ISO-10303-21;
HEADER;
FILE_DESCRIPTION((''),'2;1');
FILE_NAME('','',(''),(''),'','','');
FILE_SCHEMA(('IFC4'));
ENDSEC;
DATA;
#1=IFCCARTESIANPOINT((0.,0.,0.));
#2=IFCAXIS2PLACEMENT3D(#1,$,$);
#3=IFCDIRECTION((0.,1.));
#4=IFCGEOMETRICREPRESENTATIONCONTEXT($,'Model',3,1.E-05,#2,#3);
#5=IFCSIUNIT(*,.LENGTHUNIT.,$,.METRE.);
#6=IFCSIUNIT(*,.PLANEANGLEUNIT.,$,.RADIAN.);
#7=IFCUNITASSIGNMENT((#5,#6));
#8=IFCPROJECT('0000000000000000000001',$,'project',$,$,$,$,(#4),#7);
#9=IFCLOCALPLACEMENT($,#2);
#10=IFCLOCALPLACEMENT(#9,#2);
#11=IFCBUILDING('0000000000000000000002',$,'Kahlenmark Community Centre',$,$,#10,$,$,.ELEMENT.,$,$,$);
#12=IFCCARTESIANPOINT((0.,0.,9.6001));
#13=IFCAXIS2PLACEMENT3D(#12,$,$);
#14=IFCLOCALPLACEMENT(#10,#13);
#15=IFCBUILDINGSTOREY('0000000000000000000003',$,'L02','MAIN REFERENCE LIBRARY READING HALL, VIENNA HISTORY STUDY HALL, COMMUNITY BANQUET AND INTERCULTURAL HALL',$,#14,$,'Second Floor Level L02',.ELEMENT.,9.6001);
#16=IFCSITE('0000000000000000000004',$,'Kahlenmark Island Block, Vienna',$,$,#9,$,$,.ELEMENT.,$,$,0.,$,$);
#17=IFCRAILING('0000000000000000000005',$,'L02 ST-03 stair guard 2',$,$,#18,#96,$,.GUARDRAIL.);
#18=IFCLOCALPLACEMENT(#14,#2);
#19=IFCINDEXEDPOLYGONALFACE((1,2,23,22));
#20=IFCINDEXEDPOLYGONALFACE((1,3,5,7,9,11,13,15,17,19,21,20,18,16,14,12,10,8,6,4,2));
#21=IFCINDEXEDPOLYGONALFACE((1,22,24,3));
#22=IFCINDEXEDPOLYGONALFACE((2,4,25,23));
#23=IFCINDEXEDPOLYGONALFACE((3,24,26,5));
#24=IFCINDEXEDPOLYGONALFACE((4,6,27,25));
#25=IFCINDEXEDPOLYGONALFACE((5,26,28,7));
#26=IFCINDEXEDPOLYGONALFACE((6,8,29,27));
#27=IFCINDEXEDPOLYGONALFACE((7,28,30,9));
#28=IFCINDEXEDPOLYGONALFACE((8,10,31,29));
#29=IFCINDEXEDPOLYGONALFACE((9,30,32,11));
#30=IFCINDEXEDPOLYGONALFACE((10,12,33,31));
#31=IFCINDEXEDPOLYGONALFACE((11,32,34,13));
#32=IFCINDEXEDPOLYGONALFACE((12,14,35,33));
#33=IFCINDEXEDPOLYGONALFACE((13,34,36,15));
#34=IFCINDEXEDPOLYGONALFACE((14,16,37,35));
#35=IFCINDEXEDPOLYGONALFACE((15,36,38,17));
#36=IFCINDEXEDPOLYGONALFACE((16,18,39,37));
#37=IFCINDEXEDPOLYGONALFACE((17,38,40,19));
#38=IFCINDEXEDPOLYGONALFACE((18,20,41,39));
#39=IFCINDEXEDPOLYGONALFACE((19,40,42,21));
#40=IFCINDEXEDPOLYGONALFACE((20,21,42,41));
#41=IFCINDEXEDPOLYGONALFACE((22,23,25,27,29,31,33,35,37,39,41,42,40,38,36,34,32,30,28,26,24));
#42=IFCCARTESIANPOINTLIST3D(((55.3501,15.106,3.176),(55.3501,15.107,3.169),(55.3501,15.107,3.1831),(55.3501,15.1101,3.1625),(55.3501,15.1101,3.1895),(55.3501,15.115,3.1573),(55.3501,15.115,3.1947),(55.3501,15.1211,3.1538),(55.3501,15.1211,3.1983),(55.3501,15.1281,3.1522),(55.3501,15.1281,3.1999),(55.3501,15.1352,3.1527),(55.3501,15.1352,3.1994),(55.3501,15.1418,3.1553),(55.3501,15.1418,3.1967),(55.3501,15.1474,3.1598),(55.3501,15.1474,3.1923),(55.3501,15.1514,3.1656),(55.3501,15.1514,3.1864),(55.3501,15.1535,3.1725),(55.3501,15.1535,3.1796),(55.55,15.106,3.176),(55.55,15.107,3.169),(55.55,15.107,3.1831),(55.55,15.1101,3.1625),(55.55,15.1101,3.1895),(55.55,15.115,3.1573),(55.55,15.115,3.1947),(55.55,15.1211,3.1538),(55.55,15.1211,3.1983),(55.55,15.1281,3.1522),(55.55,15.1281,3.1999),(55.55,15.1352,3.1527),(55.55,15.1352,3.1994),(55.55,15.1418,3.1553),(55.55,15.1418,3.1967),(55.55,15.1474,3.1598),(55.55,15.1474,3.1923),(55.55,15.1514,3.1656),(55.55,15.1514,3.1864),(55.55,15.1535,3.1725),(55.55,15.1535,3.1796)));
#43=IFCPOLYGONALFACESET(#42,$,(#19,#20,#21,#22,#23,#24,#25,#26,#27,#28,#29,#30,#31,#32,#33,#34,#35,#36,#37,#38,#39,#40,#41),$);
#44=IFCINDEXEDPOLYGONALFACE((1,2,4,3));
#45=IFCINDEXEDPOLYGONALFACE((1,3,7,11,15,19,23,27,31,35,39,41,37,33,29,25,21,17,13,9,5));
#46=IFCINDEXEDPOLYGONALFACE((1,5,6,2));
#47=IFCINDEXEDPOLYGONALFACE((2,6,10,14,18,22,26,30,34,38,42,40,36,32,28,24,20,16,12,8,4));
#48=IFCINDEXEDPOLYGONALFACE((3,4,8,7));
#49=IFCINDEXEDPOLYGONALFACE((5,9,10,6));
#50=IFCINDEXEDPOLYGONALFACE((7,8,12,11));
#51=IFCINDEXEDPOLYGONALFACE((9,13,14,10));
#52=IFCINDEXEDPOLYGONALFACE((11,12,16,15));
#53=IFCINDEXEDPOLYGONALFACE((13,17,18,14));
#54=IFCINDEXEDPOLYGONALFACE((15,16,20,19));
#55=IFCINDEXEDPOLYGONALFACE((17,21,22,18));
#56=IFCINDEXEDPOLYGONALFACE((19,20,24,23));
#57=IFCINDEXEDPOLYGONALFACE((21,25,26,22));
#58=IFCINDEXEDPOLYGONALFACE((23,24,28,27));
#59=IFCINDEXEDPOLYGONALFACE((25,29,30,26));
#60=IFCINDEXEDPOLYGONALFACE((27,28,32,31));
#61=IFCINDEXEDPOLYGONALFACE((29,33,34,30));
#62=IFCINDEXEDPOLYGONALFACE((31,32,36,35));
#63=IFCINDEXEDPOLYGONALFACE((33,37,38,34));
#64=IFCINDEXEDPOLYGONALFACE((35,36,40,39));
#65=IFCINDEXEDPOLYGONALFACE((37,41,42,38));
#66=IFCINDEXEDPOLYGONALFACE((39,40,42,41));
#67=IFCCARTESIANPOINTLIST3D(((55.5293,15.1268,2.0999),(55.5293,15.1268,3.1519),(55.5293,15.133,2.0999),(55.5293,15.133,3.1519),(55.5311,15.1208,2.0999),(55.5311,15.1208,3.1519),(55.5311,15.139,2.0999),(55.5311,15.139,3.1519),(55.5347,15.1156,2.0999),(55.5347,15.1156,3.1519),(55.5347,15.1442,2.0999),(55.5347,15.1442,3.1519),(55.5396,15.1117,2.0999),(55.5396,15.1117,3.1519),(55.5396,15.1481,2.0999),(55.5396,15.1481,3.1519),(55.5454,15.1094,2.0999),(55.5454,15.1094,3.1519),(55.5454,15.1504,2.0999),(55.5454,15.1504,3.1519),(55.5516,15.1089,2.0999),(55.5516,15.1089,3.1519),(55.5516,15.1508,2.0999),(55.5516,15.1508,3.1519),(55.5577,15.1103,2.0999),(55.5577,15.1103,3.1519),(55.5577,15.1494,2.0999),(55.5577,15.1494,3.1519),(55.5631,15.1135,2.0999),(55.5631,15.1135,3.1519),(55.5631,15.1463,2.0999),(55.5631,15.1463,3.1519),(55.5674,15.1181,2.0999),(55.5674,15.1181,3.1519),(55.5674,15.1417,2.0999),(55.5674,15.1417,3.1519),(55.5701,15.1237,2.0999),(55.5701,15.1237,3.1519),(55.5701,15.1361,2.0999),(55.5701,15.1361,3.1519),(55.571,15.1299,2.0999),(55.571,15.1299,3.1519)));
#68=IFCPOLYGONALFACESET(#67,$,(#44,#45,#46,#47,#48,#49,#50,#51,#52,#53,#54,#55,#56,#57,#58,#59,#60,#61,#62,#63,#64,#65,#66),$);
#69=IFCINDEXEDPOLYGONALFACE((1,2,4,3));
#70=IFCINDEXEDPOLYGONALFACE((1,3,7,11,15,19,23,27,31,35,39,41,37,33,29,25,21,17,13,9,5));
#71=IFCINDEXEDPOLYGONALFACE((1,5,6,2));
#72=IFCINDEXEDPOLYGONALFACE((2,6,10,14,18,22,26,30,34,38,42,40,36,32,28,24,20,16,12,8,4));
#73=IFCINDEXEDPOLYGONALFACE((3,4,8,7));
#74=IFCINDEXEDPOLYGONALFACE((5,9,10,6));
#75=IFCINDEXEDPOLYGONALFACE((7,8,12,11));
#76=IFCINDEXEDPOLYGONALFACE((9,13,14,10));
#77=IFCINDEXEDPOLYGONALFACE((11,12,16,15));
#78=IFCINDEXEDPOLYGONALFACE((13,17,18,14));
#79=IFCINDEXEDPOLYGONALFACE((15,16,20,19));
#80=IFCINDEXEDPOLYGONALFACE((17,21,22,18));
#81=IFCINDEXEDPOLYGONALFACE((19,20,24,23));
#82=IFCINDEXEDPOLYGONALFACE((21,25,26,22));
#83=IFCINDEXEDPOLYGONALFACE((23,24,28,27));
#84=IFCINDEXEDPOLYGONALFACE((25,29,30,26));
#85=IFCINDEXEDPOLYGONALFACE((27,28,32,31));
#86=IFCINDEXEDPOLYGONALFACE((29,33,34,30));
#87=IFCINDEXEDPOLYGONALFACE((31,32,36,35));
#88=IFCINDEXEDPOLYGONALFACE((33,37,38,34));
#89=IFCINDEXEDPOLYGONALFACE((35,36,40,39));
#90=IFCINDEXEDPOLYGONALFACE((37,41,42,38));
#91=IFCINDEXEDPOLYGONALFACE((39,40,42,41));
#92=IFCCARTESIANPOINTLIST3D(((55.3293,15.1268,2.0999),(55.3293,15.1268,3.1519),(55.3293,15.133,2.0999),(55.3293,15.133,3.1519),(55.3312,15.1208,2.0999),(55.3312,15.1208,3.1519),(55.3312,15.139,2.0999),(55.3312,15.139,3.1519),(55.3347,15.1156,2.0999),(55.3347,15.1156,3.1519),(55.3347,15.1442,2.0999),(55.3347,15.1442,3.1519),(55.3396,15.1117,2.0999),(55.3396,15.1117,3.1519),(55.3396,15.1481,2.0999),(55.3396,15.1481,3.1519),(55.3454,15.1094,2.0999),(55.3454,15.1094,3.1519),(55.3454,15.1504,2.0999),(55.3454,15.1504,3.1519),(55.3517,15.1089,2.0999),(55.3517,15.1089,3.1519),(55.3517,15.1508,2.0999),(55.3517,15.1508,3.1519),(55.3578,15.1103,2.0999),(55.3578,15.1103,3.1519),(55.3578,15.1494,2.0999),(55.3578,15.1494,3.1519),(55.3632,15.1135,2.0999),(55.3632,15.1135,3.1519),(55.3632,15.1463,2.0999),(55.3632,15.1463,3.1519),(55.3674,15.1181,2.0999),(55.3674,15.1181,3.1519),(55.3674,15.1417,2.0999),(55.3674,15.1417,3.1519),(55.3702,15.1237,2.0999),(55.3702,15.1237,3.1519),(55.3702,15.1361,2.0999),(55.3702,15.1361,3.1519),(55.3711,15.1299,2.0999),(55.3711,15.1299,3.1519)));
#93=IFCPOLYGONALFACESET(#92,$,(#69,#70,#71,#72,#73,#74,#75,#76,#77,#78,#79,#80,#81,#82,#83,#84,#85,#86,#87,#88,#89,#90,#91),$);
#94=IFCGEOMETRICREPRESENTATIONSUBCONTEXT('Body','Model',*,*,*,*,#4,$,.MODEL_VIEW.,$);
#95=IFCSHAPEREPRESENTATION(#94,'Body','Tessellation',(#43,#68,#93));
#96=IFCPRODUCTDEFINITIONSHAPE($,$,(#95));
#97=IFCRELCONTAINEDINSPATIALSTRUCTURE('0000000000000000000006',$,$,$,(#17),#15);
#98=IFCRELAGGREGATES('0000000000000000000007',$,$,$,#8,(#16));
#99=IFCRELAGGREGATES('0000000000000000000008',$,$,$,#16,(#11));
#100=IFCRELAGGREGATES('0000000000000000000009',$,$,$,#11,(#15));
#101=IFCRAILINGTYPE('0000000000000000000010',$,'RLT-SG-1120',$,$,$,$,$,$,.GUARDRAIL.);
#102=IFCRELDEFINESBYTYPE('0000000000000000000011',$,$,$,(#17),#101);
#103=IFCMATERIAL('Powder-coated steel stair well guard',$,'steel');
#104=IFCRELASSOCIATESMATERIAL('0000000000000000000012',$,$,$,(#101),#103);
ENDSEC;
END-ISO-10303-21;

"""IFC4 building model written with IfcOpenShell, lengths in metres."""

from ifc_helpers import new_model, si_unit, direction, frame, origin, origin_2d, place, context, subcontext, project, spatial, circle, extrude, material, type_object, element, save


model = new_model("IFC4")

# Units and contexts
model_context = context("Model", 3, precision=1e-05, world=origin(), true_north=direction((0.0, 1.0)))
body_context = subcontext(model_context, "Body", "Model", "MODEL_VIEW")
ifc_project = project(units=[si_unit("LENGTHUNIT", "METRE"), si_unit("PLANEANGLEUNIT", "RADIAN")], contexts=[model_context])

# Site, building, storey
site_placement = place(None, origin())
site = spatial("IfcSite", under=ifc_project, at=site_placement, Name="Kahlenmark Island Block, Vienna", CompositionType="ELEMENT", RefElevation=0.0)
building_placement = place(site_placement, origin())
building = spatial("IfcBuilding", under=site, at=building_placement, Name="Kahlenmark Community Centre", CompositionType="ELEMENT")
storey_placement = place(building_placement, frame((0.0, 0.0, 9.6001)))
storey = spatial("IfcBuildingStorey", under=building, at=storey_placement, Name="L02", Description="MAIN REFERENCE LIBRARY READING HALL, VIENNA HISTORY STUDY HALL, COMMUNITY BANQUET AND INTERCULTURAL HALL", LongName="Second Floor Level L02", CompositionType="ELEMENT", Elevation=9.6001)

# Railing
ifc_material_1 = material(Name="Powder-coated steel stair well guard", Category="steel")
railing_type_1 = type_object("IfcRailingType", Name="RLT-SG-1120", PredefinedType="GUARDRAIL", material=ifc_material_1)
railing_1_placement = place(storey_placement, frame((55.55, 15.1299, 2.0999)))
element("IfcRailing", 1, at=railing_1_placement, inside=storey, type_object=railing_type_1, Name="L02 ST-03 stair guard 2", PredefinedType="GUARDRAIL", context=body_context, shape_type="SweptSolid", body=[
    extrude(circle(Radius=0.0239, at=origin_2d()), frame((0.0, 0.0, 1.0762), z_axis=(-1.0, 0.0, 0.0), x_axis=(0.0, -1.0, 0.0)), (0.0, 0.0, 1.0), 0.2),
    extrude(circle(Radius=0.021, at=origin_2d()), origin(), (0.0, 0.0, 1.0), 1.052),
    extrude(circle(Radius=0.021, at=origin_2d()), frame((-0.2, 0.0, 0.0)), (0.0, 0.0, 1.0), 1.052),
])

save(model, "model.ifc")
